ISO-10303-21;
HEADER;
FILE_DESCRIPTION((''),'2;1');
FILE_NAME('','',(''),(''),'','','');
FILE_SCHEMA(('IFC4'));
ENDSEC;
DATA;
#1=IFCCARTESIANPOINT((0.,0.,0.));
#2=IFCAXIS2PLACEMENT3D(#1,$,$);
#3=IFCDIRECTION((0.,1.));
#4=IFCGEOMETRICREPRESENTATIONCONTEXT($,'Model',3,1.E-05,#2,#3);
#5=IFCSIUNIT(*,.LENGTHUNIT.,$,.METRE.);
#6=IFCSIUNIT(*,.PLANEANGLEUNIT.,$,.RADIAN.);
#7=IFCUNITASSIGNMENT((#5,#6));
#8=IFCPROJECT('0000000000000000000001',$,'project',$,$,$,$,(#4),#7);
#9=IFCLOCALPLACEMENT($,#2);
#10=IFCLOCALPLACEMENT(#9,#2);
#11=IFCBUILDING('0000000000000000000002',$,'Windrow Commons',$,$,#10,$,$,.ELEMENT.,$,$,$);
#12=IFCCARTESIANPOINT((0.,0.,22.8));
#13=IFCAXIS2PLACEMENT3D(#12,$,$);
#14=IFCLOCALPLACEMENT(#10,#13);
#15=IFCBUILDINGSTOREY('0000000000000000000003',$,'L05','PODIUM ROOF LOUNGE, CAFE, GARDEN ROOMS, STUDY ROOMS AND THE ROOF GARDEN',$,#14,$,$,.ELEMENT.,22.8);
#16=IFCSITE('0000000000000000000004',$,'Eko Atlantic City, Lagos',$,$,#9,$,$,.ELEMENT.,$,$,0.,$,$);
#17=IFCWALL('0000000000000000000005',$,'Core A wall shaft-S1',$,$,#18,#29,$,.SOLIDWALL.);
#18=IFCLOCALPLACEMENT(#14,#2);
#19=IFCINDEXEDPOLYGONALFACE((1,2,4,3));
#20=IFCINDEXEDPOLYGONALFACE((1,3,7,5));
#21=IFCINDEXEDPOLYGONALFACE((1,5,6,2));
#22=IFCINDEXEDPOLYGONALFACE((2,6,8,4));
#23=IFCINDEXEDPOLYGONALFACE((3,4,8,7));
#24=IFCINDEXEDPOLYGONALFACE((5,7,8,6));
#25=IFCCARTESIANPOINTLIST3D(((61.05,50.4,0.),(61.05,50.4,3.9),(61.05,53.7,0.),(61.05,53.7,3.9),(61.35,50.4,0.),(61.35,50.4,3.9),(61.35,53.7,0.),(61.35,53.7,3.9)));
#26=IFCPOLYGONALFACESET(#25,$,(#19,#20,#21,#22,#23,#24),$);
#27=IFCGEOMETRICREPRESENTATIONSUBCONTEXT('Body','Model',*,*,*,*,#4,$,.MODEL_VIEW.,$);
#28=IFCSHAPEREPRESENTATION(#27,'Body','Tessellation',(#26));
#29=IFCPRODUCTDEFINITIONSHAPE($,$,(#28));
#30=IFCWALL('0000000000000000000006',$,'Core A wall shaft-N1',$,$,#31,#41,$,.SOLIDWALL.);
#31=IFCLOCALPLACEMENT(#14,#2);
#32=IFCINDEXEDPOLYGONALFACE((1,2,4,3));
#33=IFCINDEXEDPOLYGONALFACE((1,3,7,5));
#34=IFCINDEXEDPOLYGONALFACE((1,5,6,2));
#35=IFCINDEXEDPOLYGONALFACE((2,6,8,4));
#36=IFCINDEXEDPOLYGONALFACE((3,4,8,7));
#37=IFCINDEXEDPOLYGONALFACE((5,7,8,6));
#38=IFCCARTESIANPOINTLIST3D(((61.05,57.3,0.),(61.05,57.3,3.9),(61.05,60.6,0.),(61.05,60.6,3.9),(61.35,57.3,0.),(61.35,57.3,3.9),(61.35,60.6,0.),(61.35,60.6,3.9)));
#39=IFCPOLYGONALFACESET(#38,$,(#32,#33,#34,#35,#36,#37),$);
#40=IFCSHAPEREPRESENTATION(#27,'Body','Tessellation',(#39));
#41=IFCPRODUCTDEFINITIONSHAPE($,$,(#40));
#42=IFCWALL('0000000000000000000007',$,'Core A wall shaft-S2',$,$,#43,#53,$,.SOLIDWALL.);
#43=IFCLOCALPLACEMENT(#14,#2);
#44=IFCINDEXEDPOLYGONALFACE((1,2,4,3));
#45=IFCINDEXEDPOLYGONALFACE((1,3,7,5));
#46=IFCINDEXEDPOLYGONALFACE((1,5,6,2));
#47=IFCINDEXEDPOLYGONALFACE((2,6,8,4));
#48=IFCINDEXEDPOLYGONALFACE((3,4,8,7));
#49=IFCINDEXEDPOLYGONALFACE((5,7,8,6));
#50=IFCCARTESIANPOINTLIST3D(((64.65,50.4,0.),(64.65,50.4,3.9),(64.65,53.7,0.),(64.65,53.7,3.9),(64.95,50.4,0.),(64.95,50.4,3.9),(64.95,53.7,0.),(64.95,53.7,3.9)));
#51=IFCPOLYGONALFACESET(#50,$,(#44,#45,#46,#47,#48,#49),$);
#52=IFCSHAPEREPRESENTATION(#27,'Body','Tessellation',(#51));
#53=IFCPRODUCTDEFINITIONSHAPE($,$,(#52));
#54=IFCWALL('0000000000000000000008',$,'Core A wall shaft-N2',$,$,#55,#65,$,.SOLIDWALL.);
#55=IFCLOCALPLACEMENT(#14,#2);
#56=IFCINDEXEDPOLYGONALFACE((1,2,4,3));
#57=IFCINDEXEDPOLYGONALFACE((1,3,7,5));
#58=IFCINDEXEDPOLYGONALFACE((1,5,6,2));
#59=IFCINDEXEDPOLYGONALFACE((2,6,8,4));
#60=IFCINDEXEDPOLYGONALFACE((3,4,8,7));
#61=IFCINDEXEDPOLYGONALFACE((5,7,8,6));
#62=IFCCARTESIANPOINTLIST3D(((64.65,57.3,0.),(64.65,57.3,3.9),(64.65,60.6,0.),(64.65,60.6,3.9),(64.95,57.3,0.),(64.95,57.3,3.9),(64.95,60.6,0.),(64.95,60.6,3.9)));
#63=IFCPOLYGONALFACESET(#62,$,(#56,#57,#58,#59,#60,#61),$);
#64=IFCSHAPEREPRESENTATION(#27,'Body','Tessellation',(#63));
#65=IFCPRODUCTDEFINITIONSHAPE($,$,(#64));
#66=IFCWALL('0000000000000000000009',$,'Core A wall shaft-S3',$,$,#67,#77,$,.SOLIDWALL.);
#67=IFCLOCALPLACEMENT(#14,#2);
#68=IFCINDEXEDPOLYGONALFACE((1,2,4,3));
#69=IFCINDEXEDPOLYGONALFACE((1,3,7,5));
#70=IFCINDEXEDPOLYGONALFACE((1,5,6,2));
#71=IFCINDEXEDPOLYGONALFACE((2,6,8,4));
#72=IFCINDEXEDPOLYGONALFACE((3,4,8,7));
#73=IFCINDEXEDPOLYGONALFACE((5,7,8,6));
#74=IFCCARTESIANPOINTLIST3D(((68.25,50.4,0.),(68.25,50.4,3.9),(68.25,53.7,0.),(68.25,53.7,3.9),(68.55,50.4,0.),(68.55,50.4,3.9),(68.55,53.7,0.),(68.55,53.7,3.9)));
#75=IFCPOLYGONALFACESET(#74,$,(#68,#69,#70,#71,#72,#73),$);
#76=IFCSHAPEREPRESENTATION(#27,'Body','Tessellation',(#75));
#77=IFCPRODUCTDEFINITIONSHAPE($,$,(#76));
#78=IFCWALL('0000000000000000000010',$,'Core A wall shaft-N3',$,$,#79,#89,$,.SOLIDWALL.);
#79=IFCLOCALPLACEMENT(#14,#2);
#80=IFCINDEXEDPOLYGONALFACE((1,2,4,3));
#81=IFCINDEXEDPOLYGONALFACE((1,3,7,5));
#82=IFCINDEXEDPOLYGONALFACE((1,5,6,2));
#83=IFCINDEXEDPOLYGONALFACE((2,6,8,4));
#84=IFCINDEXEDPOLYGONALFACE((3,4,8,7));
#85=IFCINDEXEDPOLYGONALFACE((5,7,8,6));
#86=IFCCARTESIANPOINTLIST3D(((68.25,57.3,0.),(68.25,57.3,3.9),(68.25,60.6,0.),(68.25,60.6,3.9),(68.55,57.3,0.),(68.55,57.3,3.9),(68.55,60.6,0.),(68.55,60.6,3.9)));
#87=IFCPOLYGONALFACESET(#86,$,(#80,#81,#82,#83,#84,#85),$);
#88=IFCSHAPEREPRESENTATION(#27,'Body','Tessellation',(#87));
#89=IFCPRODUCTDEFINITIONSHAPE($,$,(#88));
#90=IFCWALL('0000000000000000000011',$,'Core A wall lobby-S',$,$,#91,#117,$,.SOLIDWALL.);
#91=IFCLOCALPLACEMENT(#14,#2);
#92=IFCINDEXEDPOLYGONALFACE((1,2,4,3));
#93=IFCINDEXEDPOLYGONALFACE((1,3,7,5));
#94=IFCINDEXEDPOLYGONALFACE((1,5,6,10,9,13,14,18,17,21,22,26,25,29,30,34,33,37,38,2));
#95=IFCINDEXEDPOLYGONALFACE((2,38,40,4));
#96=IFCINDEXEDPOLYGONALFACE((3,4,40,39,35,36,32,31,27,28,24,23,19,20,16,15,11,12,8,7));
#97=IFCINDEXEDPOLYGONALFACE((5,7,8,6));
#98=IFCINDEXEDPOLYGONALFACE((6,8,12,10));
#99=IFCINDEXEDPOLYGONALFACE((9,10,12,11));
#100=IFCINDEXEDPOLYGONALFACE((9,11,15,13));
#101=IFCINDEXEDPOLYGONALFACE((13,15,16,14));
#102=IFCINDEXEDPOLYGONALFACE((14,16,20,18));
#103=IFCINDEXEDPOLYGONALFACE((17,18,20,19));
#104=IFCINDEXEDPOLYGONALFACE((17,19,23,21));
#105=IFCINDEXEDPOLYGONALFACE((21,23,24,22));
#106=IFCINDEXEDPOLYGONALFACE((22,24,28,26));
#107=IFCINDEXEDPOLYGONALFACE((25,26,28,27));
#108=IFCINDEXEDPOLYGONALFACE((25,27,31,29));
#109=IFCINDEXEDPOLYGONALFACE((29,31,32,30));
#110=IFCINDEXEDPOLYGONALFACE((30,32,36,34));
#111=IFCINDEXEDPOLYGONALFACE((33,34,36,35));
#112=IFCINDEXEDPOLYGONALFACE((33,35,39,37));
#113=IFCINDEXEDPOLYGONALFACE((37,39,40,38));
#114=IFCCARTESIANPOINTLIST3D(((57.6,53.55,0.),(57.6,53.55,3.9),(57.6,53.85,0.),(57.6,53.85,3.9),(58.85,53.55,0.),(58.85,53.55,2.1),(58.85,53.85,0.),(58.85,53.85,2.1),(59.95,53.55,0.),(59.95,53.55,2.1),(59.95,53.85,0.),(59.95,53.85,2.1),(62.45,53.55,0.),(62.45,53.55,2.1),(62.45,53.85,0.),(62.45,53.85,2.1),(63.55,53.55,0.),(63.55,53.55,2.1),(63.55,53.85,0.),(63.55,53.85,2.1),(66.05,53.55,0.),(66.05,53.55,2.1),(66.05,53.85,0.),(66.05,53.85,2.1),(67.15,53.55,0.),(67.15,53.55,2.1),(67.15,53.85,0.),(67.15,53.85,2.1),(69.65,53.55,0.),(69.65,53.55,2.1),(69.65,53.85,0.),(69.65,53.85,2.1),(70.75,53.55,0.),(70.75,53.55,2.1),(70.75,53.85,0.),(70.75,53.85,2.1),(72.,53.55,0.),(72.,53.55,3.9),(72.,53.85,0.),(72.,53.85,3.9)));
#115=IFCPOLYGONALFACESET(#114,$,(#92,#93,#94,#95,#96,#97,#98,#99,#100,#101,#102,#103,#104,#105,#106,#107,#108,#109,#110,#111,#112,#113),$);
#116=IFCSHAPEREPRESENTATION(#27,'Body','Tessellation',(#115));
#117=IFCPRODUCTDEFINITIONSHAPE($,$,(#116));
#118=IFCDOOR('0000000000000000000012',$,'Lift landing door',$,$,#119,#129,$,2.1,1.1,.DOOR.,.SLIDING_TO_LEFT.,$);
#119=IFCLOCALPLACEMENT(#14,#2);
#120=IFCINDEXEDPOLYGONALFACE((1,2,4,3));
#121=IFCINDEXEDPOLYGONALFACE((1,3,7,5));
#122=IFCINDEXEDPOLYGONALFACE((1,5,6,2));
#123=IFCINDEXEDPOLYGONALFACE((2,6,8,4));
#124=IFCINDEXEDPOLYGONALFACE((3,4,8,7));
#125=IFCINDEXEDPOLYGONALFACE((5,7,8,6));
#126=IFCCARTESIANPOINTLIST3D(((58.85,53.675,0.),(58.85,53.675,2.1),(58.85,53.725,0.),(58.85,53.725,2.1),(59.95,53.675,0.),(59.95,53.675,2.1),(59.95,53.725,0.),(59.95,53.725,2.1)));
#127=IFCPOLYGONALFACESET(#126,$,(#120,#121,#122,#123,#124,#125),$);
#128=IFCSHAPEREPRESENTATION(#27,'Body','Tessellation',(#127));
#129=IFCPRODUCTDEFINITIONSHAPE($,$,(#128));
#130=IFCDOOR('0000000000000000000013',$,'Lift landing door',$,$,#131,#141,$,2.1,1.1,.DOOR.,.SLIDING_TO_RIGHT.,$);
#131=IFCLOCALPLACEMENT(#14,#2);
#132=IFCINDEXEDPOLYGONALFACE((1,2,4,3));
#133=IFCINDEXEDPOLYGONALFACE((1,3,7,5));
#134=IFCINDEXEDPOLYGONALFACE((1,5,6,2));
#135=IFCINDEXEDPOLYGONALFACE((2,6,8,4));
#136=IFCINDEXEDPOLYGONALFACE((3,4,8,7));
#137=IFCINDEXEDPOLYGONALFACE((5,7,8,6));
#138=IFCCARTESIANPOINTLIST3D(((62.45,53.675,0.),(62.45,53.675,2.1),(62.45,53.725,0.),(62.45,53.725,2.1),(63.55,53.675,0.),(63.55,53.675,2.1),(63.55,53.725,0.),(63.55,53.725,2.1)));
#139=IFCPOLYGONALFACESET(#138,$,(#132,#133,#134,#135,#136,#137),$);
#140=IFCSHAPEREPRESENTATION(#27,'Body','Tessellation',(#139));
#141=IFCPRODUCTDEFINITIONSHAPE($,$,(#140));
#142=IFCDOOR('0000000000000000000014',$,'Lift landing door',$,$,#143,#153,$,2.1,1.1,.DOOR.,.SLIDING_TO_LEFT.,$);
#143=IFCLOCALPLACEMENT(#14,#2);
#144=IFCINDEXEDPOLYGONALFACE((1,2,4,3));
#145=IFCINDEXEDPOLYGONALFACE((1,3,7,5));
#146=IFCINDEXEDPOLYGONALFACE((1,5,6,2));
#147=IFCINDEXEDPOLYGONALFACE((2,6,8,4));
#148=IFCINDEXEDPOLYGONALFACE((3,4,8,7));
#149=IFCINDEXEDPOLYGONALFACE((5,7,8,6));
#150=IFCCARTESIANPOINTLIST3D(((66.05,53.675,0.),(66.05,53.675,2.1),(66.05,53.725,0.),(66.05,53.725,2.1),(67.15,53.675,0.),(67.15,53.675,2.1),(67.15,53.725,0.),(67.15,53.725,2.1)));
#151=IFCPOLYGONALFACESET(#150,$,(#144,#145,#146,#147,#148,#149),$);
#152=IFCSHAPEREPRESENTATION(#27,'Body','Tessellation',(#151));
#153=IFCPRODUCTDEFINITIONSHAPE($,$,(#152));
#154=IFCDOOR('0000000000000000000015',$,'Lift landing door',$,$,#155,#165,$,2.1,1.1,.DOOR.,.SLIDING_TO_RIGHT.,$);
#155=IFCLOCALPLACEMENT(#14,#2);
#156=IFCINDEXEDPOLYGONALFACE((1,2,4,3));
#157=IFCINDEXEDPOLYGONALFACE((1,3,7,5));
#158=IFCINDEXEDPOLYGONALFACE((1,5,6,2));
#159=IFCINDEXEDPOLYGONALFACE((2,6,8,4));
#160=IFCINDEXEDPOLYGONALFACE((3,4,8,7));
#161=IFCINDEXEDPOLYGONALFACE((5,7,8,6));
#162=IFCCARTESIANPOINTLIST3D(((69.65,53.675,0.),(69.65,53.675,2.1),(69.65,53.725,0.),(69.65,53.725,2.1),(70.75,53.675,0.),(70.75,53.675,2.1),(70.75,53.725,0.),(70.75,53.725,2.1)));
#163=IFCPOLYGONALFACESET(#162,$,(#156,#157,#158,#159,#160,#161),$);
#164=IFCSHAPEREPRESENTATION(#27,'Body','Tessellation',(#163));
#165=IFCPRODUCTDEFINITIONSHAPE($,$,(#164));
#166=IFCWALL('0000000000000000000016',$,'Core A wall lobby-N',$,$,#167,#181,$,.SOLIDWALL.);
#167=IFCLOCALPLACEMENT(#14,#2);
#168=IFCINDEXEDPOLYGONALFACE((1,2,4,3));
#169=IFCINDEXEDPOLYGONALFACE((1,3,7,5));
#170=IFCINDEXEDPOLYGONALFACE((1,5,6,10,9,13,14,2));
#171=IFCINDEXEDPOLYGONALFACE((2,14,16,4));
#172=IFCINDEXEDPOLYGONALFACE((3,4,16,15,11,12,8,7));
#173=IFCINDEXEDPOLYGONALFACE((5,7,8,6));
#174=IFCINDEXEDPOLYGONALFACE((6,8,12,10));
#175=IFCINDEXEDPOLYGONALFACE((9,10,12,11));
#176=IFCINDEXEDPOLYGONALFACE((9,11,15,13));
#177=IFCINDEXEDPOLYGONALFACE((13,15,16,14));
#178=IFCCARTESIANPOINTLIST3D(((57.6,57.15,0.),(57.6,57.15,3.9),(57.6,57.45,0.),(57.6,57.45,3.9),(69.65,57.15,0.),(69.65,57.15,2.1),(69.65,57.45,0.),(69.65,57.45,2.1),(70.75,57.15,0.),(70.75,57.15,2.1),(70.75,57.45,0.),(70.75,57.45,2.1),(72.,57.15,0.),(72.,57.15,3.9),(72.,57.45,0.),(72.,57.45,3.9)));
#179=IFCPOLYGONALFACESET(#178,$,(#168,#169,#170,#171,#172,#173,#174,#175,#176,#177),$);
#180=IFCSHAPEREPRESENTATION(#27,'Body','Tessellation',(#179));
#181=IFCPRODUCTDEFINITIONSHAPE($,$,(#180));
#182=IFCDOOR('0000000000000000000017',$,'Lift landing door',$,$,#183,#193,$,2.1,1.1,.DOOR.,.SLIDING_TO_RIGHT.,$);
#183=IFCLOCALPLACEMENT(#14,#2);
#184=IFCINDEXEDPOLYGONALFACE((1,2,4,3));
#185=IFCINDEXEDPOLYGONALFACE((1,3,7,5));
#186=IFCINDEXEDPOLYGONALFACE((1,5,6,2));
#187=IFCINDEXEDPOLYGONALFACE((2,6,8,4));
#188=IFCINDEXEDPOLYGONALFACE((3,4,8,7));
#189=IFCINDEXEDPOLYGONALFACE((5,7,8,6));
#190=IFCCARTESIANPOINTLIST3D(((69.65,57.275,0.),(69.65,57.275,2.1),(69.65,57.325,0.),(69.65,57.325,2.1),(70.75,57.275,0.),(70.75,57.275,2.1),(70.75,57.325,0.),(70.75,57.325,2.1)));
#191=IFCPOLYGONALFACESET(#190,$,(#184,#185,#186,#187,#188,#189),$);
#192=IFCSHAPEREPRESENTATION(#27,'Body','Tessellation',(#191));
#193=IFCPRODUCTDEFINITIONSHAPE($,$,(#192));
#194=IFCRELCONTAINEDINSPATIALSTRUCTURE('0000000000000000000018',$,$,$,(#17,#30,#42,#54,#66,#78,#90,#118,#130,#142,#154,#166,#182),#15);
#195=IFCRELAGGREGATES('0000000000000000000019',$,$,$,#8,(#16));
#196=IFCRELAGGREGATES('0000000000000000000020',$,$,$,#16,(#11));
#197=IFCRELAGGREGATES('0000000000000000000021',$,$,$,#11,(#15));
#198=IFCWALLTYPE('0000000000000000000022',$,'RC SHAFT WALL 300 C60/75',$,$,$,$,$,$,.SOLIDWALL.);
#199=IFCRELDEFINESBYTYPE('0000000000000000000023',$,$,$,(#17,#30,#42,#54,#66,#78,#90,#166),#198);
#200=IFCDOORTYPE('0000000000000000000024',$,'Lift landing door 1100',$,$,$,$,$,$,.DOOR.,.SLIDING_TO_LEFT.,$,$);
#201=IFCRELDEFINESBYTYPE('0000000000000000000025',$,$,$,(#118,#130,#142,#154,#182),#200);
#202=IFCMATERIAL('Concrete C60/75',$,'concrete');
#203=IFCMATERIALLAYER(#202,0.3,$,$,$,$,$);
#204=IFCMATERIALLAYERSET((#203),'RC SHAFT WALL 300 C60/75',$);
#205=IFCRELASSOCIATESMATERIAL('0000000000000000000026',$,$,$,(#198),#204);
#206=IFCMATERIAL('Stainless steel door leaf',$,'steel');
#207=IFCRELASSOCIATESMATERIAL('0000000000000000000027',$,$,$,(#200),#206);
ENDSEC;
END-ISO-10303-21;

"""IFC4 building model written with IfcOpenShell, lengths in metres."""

from ifc_helpers import new_model, si_unit, direction, frame, frame_2d, origin, place, context, subcontext, project, spatial, rectangle, extrude, material, layer, layer_set, type_object, element, fill, save


model = new_model("IFC4")

# Units and contexts
model_context = context("Model", 3, precision=1e-05, world=origin(), true_north=direction((0.0, 1.0)))
body_context = subcontext(model_context, "Body", "Model", "MODEL_VIEW")
ifc_project = project(units=[si_unit("LENGTHUNIT", "METRE"), si_unit("PLANEANGLEUNIT", "RADIAN")], contexts=[model_context])

# Site, building, storey
site_placement = place(None, origin())
site = spatial("IfcSite", under=ifc_project, at=site_placement, Name="Eko Atlantic City, Lagos", CompositionType="ELEMENT", RefElevation=0.0)
building_placement = place(site_placement, origin())
building = spatial("IfcBuilding", under=site, at=building_placement, Name="Windrow Commons", CompositionType="ELEMENT")
storey_placement = place(building_placement, frame((0.0, 0.0, 22.8)))
storey = spatial("IfcBuildingStorey", under=building, at=storey_placement, Name="L05", Description="PODIUM ROOF LOUNGE, CAFE, GARDEN ROOMS, STUDY ROOMS AND THE ROOF GARDEN", CompositionType="ELEMENT", Elevation=22.8)

# Walls
ifc_material_1 = material(Name="Concrete C60/75", Category="concrete")
ifc_layer_1 = layer(ifc_material_1, 0.3)
ifc_layer_set_1 = layer_set([ifc_layer_1], Name="RC SHAFT WALL 300 C60/75")
wall_type_1 = type_object("IfcWallType", Name="RC SHAFT WALL 300 C60/75", PredefinedType="SOLIDWALL", material=ifc_layer_set_1)
for number, where, z_axis, x_axis, name in (
    (1, (61.2, 50.4, 0.0), (0.0, 0.0, 1.0), (0.0, 1.0, 0.0), "Core A wall shaft-S1"),
    (2, (61.2, 57.3, 0.0), (0.0, 0.0, 1.0), (0.0, 1.0, 0.0), "Core A wall shaft-N1"),
    (3, (64.8, 50.4, 0.0), (0.0, 0.0, 1.0), (0.0, 1.0, 0.0), "Core A wall shaft-S2"),
    (4, (64.8, 57.3, 0.0), (0.0, 0.0, 1.0), (0.0, 1.0, 0.0), "Core A wall shaft-N2"),
    (5, (68.4, 50.4, 0.0), (0.0, 0.0, 1.0), (0.0, 1.0, 0.0), "Core A wall shaft-S3"),
    (6, (68.4, 57.3, 0.0), (0.0, 0.0, 1.0), (0.0, 1.0, 0.0), "Core A wall shaft-N3"),
):
    element("IfcWall", number, at=place(storey_placement, frame(where, z_axis=z_axis, x_axis=x_axis)), inside=storey, type_object=wall_type_1, Name=name, PredefinedType="SOLIDWALL", context=body_context, shape_type="SweptSolid", body=[
        extrude(rectangle(XDim=3.3, YDim=0.3, at=frame_2d((1.65, 0.0))), origin(), (0.0, 0.0, 1.0), 3.9),
    ])

# Wall, openings, doors
wall_1_placement = place(storey_placement, frame((57.6, 53.7, 0.0), z_axis=(0.0, 0.0, 1.0), x_axis=(1.0, 0.0, 0.0)))
wall_1 = element("IfcWall", 7, at=wall_1_placement, inside=storey, type_object=wall_type_1, Name="Core A wall lobby-S", PredefinedType="SOLIDWALL", context=body_context, shape_type="SweptSolid", body=[
    extrude(rectangle(XDim=14.4, YDim=0.3, at=frame_2d((7.2, 0.0))), origin(), (0.0, 0.0, 1.0), 3.9),
])
opening_1_placement = place(wall_1_placement, frame((1.25, 0.0, 0.0)))
opening_1 = element("IfcOpeningElement", 8, at=opening_1_placement, cuts=wall_1, PredefinedType="OPENING", context=body_context, shape_type="SweptSolid", body=[
    extrude(rectangle(XDim=1.1, YDim=2.1, at=frame_2d((0.55, 1.05))), frame((0.0, 0.16, 0.0), z_axis=(0.0, -1.0, 0.0), x_axis=(1.0, 0.0, 0.0)), (0.0, 0.0, 1.0), 0.32),
])
opening_2_placement = place(wall_1_placement, frame((4.85, 0.0, 0.0)))
opening_2 = element("IfcOpeningElement", 9, at=opening_2_placement, cuts=wall_1, PredefinedType="OPENING", context=body_context, shape_type="SweptSolid", body=[
    extrude(rectangle(XDim=1.1, YDim=2.1, at=frame_2d((0.55, 1.05))), frame((0.0, 0.16, 0.0), z_axis=(0.0, -1.0, 0.0), x_axis=(1.0, 0.0, 0.0)), (0.0, 0.0, 1.0), 0.32),
])
opening_3_placement = place(wall_1_placement, frame((8.45, 0.0, 0.0)))
opening_3 = element("IfcOpeningElement", 10, at=opening_3_placement, cuts=wall_1, PredefinedType="OPENING", context=body_context, shape_type="SweptSolid", body=[
    extrude(rectangle(XDim=1.1, YDim=2.1, at=frame_2d((0.55, 1.05))), frame((0.0, 0.16, 0.0), z_axis=(0.0, -1.0, 0.0), x_axis=(1.0, 0.0, 0.0)), (0.0, 0.0, 1.0), 0.32),
])
opening_4_placement = place(wall_1_placement, frame((12.05, 0.0, 0.0)))
opening_4 = element("IfcOpeningElement", 11, at=opening_4_placement, cuts=wall_1, PredefinedType="OPENING", context=body_context, shape_type="SweptSolid", body=[
    extrude(rectangle(XDim=1.1, YDim=2.1, at=frame_2d((0.55, 1.05))), frame((0.0, 0.16, 0.0), z_axis=(0.0, -1.0, 0.0), x_axis=(1.0, 0.0, 0.0)), (0.0, 0.0, 1.0), 0.32),
])
ifc_material_2 = material(Name="Stainless steel door leaf", Category="steel")
door_type_1 = type_object("IfcDoorType", Name="Lift landing door 1100", OperationType="SLIDING_TO_LEFT", PredefinedType="DOOR", material=ifc_material_2)
door_1_placement = place(opening_1_placement, origin())
door_1 = element("IfcDoor", 12, at=door_1_placement, inside=storey, type_object=door_type_1, Name="Lift landing door", OperationType="SLIDING_TO_LEFT", OverallHeight=2.1, OverallWidth=1.1, PredefinedType="DOOR", context=body_context, shape_type="SweptSolid", body=[
    extrude(rectangle(XDim=1.1, YDim=2.1, at=frame_2d((0.55, 1.05))), frame((0.0, 0.025, 0.0), z_axis=(0.0, -1.0, 0.0), x_axis=(1.0, 0.0, 0.0)), (0.0, 0.0, 1.0), 0.05),
])
fill(opening_1, door_1)
door_2_placement = place(opening_2_placement, origin())
door_2 = element("IfcDoor", 13, at=door_2_placement, inside=storey, type_object=door_type_1, Name="Lift landing door", OperationType="SLIDING_TO_RIGHT", OverallHeight=2.1, OverallWidth=1.1, PredefinedType="DOOR", context=body_context, shape_type="SweptSolid", body=[
    extrude(rectangle(XDim=1.1, YDim=2.1, at=frame_2d((0.55, 1.05))), frame((0.0, 0.025, 0.0), z_axis=(0.0, -1.0, 0.0), x_axis=(1.0, 0.0, 0.0)), (0.0, 0.0, 1.0), 0.05),
])
fill(opening_2, door_2)
door_3_placement = place(opening_3_placement, origin())
door_3 = element("IfcDoor", 14, at=door_3_placement, inside=storey, type_object=door_type_1, Name="Lift landing door", OperationType="SLIDING_TO_LEFT", OverallHeight=2.1, OverallWidth=1.1, PredefinedType="DOOR", context=body_context, shape_type="SweptSolid", body=[
    extrude(rectangle(XDim=1.1, YDim=2.1, at=frame_2d((0.55, 1.05))), frame((0.0, 0.025, 0.0), z_axis=(0.0, -1.0, 0.0), x_axis=(1.0, 0.0, 0.0)), (0.0, 0.0, 1.0), 0.05),
])
fill(opening_3, door_3)
door_4_placement = place(opening_4_placement, origin())
door_4 = element("IfcDoor", 15, at=door_4_placement, inside=storey, type_object=door_type_1, Name="Lift landing door", OperationType="SLIDING_TO_RIGHT", OverallHeight=2.1, OverallWidth=1.1, PredefinedType="DOOR", context=body_context, shape_type="SweptSolid", body=[
    extrude(rectangle(XDim=1.1, YDim=2.1, at=frame_2d((0.55, 1.05))), frame((0.0, 0.025, 0.0), z_axis=(0.0, -1.0, 0.0), x_axis=(1.0, 0.0, 0.0)), (0.0, 0.0, 1.0), 0.05),
])
fill(opening_4, door_4)

# Wall, opening, door
wall_2_placement = place(storey_placement, frame((57.6, 57.3, 0.0), z_axis=(0.0, 0.0, 1.0), x_axis=(1.0, 0.0, 0.0)))
wall_2 = element("IfcWall", 16, at=wall_2_placement, inside=storey, type_object=wall_type_1, Name="Core A wall lobby-N", PredefinedType="SOLIDWALL", context=body_context, shape_type="SweptSolid", body=[
    extrude(rectangle(XDim=14.4, YDim=0.3, at=frame_2d((7.2, 0.0))), origin(), (0.0, 0.0, 1.0), 3.9),
])
opening_5_placement = place(wall_2_placement, frame((12.05, 0.0, 0.0)))
opening_5 = element("IfcOpeningElement", 17, at=opening_5_placement, cuts=wall_2, PredefinedType="OPENING", context=body_context, shape_type="SweptSolid", body=[
    extrude(rectangle(XDim=1.1, YDim=2.1, at=frame_2d((0.55, 1.05))), frame((0.0, 0.16, 0.0), z_axis=(0.0, -1.0, 0.0), x_axis=(1.0, 0.0, 0.0)), (0.0, 0.0, 1.0), 0.32),
])
door_5_placement = place(opening_5_placement, origin())
door_5 = element("IfcDoor", 18, at=door_5_placement, inside=storey, type_object=door_type_1, Name="Lift landing door", OperationType="SLIDING_TO_RIGHT", OverallHeight=2.1, OverallWidth=1.1, PredefinedType="DOOR", context=body_context, shape_type="SweptSolid", body=[
    extrude(rectangle(XDim=1.1, YDim=2.1, at=frame_2d((0.55, 1.05))), frame((0.0, 0.025, 0.0), z_axis=(0.0, -1.0, 0.0), x_axis=(1.0, 0.0, 0.0)), (0.0, 0.0, 1.0), 0.05),
])
fill(opening_5, door_5)

save(model, "model.ifc")
